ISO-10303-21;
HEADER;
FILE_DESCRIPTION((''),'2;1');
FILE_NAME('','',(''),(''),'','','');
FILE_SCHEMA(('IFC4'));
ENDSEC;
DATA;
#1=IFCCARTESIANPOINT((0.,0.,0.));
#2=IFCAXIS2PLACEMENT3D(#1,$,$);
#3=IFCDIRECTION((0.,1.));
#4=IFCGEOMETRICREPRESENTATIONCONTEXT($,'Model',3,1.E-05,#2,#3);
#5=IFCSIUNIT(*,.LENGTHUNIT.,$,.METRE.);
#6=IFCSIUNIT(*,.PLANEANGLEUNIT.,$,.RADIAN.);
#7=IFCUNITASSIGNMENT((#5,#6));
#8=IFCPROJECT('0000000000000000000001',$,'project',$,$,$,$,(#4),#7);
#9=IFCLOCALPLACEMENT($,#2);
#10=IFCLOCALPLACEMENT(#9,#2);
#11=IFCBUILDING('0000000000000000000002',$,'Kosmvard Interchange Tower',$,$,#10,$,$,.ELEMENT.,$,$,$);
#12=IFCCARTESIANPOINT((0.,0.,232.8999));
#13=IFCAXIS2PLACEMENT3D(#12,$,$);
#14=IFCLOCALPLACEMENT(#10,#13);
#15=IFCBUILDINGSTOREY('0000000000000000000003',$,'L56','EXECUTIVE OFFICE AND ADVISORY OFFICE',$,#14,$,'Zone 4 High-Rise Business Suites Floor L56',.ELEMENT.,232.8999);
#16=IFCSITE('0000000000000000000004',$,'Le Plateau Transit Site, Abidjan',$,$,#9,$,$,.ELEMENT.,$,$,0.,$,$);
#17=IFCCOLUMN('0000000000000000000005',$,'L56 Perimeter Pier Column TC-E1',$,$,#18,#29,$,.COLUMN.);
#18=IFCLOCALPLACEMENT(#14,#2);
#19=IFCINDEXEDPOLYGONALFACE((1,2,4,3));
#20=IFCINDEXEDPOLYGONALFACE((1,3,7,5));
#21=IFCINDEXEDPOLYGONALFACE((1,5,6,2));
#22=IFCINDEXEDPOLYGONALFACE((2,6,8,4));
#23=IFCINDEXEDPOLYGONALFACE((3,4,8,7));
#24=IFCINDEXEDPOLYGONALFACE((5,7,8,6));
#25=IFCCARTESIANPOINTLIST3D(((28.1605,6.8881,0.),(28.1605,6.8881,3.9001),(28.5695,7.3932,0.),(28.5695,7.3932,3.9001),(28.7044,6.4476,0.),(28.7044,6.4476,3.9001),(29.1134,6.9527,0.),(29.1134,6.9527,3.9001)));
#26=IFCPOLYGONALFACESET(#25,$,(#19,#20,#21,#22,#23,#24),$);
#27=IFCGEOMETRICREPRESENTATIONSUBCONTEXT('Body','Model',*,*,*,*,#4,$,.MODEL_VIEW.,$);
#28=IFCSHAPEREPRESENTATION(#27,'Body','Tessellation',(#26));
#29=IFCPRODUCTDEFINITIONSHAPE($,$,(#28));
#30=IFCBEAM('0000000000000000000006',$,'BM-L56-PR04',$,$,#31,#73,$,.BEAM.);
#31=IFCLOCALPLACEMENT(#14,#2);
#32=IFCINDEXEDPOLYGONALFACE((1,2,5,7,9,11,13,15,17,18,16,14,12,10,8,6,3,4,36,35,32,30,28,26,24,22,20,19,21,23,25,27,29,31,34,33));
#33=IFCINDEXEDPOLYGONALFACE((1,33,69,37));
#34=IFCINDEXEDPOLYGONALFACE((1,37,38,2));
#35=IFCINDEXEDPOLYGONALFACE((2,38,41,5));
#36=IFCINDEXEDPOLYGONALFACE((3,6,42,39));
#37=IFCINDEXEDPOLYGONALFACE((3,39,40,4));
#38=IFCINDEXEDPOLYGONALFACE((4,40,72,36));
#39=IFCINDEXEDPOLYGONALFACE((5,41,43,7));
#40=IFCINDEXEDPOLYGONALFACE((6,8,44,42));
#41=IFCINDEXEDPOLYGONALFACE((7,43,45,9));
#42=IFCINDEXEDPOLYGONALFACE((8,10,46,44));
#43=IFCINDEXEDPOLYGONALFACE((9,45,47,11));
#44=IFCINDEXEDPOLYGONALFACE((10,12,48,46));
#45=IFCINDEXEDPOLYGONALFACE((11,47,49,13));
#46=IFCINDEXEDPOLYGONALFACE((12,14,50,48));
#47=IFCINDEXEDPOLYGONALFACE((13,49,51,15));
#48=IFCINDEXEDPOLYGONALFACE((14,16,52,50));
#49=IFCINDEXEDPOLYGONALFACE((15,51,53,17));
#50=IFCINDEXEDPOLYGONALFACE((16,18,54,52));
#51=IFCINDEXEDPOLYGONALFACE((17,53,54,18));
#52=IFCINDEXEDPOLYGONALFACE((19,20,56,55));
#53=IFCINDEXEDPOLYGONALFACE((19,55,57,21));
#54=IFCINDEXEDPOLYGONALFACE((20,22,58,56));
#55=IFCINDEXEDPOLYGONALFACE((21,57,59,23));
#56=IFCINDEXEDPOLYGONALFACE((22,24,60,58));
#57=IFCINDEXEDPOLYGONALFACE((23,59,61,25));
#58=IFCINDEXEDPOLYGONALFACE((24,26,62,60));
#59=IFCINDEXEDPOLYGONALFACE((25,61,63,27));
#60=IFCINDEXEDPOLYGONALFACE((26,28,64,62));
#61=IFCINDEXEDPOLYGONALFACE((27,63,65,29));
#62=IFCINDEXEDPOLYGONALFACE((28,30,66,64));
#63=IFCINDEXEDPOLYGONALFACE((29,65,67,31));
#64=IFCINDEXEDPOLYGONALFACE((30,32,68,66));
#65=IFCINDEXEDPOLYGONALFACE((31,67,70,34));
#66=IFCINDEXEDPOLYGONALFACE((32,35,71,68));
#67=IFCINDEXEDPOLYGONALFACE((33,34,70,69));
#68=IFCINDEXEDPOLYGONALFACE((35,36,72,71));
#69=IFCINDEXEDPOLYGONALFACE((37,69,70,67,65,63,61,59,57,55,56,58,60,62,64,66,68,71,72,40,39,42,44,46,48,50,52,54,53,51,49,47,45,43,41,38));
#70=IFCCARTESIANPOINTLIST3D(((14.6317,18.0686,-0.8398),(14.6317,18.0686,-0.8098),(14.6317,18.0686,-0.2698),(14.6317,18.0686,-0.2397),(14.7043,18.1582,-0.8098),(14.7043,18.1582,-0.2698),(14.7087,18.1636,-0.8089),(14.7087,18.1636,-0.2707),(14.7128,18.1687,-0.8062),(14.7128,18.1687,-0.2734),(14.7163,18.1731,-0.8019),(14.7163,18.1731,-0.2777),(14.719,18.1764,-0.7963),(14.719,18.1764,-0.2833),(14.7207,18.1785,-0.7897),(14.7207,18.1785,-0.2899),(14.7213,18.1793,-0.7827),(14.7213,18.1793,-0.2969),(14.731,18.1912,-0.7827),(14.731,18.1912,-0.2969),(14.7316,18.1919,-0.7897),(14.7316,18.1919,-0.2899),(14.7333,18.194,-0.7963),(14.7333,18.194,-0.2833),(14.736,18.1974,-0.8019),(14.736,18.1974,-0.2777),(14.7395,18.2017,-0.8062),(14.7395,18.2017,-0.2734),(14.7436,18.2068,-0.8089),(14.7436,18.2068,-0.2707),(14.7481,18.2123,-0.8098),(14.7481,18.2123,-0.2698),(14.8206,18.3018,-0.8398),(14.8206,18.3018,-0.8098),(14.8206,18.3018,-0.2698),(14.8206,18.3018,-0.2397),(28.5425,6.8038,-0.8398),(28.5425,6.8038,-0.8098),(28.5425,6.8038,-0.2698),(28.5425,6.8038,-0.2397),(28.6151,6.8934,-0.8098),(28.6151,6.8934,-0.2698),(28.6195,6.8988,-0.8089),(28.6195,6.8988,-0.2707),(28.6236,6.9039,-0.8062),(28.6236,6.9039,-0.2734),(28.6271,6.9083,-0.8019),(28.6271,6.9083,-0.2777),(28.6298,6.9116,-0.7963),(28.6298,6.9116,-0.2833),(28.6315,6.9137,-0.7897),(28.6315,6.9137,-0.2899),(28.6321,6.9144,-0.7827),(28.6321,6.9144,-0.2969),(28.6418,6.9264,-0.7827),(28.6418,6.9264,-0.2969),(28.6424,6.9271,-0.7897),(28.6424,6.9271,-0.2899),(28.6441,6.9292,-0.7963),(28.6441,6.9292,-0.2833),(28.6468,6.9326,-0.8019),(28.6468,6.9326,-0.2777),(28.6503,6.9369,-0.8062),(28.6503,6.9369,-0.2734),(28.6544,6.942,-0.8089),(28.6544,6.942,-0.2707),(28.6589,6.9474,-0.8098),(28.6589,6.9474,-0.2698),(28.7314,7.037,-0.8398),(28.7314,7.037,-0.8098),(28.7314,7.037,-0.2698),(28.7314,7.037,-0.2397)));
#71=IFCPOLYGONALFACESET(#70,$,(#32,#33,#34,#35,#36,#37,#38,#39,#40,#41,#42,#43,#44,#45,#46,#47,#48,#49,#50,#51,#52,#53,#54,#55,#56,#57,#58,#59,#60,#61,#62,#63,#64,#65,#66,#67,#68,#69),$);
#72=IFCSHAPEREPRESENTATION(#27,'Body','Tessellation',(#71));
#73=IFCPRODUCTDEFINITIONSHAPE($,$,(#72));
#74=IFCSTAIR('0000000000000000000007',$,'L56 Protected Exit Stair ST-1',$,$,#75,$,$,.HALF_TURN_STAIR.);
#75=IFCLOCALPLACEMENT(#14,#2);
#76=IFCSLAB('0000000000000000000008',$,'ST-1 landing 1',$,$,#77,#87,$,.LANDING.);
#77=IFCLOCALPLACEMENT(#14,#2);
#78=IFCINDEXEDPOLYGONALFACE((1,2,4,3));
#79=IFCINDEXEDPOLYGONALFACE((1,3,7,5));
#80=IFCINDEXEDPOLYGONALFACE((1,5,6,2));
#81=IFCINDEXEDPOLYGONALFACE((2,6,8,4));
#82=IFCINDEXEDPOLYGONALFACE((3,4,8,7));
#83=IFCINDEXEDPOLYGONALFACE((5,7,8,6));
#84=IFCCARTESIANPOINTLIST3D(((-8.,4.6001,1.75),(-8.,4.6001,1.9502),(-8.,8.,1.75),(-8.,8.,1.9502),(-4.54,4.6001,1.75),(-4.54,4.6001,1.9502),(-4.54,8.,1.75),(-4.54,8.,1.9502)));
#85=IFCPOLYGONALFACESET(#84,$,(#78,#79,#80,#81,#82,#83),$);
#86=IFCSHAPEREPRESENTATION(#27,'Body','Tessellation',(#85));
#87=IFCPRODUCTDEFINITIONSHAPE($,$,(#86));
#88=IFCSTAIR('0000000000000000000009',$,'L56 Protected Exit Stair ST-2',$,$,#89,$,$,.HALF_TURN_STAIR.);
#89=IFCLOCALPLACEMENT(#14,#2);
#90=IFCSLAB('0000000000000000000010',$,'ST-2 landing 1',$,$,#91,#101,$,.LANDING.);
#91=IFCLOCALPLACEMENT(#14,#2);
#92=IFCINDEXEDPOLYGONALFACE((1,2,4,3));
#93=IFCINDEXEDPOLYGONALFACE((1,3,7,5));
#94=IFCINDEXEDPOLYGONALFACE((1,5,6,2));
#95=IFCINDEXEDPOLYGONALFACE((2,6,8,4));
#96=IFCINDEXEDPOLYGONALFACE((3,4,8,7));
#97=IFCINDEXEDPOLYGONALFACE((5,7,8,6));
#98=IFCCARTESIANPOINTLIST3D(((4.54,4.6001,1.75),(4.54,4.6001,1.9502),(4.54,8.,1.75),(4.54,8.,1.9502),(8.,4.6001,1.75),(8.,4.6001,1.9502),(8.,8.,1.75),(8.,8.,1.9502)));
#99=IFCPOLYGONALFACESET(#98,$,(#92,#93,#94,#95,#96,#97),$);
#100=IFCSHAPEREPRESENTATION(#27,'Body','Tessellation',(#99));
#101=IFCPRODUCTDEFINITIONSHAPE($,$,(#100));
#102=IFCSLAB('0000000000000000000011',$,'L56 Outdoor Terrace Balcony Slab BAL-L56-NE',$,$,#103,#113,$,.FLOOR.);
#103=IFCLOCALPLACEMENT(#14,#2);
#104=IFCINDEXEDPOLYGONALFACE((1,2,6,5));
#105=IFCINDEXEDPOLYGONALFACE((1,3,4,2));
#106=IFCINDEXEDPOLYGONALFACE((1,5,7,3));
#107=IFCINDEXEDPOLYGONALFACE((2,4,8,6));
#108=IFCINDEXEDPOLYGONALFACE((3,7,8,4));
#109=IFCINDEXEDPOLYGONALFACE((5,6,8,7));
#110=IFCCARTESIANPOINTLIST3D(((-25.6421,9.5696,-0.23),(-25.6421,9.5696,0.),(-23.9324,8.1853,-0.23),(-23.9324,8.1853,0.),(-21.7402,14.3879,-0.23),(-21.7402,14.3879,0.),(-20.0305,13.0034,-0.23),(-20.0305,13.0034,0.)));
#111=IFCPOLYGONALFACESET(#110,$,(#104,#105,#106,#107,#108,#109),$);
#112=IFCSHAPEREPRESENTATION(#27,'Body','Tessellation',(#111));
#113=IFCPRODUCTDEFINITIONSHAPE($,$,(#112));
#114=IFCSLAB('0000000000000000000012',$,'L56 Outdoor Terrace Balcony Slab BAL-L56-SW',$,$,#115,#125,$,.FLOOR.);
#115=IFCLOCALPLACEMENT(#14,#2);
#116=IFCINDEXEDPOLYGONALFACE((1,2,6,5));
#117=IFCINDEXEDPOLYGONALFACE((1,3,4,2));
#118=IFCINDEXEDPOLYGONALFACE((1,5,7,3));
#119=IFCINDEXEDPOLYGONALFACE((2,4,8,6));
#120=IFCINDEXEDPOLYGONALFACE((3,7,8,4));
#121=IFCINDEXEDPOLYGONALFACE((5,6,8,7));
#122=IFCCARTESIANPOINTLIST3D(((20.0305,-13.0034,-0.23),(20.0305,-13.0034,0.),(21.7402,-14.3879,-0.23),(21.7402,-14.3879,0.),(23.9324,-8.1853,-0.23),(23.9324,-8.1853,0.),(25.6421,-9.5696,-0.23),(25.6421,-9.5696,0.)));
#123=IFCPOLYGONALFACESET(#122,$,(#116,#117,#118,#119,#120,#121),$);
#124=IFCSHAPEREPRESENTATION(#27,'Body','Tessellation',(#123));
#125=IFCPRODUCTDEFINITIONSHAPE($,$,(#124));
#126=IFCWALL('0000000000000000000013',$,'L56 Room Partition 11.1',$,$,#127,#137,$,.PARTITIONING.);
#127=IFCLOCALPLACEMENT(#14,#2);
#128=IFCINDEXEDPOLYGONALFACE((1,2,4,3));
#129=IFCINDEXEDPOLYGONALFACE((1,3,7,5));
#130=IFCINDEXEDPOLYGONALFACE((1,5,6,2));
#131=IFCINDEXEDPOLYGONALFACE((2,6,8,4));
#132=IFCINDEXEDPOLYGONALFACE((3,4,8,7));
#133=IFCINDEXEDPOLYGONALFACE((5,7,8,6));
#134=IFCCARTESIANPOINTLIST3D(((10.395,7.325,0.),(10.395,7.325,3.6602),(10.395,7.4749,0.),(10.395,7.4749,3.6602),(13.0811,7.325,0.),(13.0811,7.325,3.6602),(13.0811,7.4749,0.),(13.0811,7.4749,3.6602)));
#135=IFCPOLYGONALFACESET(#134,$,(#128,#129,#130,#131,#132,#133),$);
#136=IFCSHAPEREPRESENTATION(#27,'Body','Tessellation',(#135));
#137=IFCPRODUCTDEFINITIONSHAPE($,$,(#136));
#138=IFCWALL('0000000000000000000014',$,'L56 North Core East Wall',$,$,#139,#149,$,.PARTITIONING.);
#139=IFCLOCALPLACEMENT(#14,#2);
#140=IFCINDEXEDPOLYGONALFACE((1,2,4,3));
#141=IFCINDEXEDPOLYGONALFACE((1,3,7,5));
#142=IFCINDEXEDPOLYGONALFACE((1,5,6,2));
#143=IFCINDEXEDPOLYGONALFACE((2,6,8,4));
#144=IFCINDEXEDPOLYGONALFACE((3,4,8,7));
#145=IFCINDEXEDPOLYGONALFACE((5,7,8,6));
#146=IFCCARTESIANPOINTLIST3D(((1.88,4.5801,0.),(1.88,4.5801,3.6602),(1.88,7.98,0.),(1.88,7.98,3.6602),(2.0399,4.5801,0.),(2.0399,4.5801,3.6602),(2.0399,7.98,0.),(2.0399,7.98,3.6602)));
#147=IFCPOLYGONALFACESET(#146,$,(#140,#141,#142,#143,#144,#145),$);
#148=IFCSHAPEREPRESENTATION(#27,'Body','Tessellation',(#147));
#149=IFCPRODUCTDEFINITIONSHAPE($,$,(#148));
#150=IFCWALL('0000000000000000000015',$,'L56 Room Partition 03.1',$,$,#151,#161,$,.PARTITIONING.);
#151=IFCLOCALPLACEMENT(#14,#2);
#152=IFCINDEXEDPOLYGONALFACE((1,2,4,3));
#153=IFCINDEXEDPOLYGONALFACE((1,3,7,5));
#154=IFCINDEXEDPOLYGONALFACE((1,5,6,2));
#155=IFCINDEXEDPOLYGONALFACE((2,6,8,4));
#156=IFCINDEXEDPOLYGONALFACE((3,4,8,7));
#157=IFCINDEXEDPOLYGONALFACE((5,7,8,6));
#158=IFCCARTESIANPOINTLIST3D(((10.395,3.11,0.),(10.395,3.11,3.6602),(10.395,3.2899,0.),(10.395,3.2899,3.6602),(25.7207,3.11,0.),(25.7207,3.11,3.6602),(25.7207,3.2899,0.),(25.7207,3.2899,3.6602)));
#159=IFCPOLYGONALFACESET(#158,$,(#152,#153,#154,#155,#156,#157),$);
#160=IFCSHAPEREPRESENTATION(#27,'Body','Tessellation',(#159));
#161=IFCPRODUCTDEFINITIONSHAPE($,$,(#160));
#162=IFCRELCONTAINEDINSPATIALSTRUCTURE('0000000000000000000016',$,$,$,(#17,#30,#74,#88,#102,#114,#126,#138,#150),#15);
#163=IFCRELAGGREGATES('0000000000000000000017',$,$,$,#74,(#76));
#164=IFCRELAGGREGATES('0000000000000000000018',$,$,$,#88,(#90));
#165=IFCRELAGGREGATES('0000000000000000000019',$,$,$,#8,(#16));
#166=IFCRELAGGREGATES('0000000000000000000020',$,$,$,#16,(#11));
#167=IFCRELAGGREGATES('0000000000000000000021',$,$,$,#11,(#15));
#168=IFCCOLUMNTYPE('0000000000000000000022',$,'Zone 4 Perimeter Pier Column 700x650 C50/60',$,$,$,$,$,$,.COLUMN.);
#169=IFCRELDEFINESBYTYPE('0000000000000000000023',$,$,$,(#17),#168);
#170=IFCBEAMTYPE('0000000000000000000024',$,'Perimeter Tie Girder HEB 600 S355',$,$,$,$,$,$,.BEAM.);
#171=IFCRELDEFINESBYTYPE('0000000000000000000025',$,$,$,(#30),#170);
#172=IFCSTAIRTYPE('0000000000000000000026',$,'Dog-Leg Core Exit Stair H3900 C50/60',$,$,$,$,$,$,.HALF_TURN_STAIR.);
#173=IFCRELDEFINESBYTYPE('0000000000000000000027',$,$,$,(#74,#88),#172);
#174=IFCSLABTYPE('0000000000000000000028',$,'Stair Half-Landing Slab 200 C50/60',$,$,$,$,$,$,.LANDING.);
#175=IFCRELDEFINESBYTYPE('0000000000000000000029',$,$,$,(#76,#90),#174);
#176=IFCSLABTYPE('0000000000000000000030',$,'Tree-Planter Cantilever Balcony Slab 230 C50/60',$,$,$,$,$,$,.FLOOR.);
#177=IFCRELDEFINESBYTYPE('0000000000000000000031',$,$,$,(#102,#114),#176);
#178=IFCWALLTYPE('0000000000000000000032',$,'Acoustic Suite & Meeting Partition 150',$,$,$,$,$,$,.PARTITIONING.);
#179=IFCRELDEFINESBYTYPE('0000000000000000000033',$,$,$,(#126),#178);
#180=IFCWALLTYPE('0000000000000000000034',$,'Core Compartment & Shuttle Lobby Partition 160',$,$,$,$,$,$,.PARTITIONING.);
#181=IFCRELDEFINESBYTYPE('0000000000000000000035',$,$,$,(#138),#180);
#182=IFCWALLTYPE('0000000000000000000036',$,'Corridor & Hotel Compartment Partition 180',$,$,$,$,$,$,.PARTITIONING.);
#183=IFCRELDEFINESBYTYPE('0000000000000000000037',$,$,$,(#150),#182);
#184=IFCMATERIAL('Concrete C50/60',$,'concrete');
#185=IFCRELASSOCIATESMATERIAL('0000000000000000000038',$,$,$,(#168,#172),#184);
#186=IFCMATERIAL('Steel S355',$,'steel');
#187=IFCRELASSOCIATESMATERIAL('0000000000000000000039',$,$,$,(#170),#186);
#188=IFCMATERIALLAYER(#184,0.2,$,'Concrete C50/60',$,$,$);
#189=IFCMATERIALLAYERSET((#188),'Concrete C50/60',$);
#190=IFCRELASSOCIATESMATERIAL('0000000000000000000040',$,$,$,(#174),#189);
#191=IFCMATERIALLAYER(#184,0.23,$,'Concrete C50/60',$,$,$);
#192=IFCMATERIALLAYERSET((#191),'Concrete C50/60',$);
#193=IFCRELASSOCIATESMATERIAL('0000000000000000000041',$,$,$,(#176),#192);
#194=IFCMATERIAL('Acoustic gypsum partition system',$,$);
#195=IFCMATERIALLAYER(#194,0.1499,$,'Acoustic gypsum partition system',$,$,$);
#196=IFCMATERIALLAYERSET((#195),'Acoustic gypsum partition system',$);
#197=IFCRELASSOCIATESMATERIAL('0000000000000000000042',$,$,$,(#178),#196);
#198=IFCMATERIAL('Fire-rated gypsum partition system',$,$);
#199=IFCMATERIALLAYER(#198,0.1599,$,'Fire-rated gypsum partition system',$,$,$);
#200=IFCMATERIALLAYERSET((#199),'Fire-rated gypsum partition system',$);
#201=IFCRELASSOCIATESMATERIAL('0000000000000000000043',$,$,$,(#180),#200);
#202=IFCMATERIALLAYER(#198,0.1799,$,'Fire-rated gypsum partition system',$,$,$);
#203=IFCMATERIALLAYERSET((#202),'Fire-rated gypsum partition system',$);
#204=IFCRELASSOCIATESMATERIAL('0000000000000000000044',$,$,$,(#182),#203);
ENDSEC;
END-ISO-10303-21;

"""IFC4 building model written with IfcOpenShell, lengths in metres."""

from ifc_helpers import new_model, si_unit, direction, frame, frame_2d, origin, origin_2d, place, context, subcontext, project, spatial, polyline, rectangle, i_section, outline, extrude, source, transform, mapped, material, layer, layer_set, material_profile, profile_set, type_object, element, aggregate, save


model = new_model("IFC4")

# Units and contexts
model_context = context("Model", 3, precision=1e-05, world=origin(), true_north=direction((0.0, 1.0)))
body_context = subcontext(model_context, "Body", "Model", "MODEL_VIEW")
ifc_project = project(units=[si_unit("LENGTHUNIT", "METRE"), si_unit("PLANEANGLEUNIT", "RADIAN")], contexts=[model_context])

# Site, building, storey
site_placement = place(None, origin())
site = spatial("IfcSite", under=ifc_project, at=site_placement, Name="Le Plateau Transit Site, Abidjan", CompositionType="ELEMENT", RefElevation=0.0)
building_placement = place(site_placement, origin())
building = spatial("IfcBuilding", under=site, at=building_placement, Name="Kosmvard Interchange Tower", CompositionType="ELEMENT")
storey_placement = place(building_placement, frame((0.0, 0.0, 232.8999)))
storey = spatial("IfcBuildingStorey", under=building, at=storey_placement, Name="L56", Description="EXECUTIVE OFFICE AND ADVISORY OFFICE", LongName="Zone 4 High-Rise Business Suites Floor L56", CompositionType="ELEMENT", Elevation=232.8999)

# Column
ifc_material_1 = material(Name="Concrete C50/60", Category="concrete")
ifc_material_profile_1 = material_profile(ifc_material_1, rectangle(XDim=0.6499, YDim=0.7, at=origin_2d()), Name="TC 700x650")
ifc_profile_set_1 = profile_set([ifc_material_profile_1], Name="Concrete C50/60")
column_type = type_object("IfcColumnType", Name="Zone 4 Perimeter Pier Column 700x650 C50/60", PredefinedType="COLUMN", material=ifc_profile_set_1)
shared_shape_1 = source(origin(), body_context, "Body", "SweptSolid", [
    extrude(rectangle(XDim=0.6499, YDim=0.7, at=origin_2d()), origin(), (0.0, 0.0, 1.0), 3.9001),
])
column_placement = place(storey_placement, frame((28.637, 6.9204, 0.0), z_axis=(0.0, 0.0, 1.0), x_axis=(0.62932, 0.777146, 0.0)))
element("IfcColumn", 1, at=column_placement, inside=storey, type_object=column_type, Name="L56 Perimeter Pier Column TC-E1", PredefinedType="COLUMN", context=body_context, shape_type="MappedRepresentation", body=[
    mapped(shared_shape_1, transform((0.0, 0.0, 0.0), scale=1.0)),
])

# Beam
ifc_material_2 = material(Name="Steel S355", Category="steel")
ifc_material_profile_2 = material_profile(ifc_material_2, i_section(OverallWidth=0.3, OverallDepth=0.6001, WebThickness=0.0154, FlangeThickness=0.03, FilletRadius=0.0271, at=origin_2d()), Name="HEB 600")
ifc_profile_set_2 = profile_set([ifc_material_profile_2], Name="Steel S355")
beam_type = type_object("IfcBeamType", Name="Perimeter Tie Girder HEB 600 S355", PredefinedType="BEAM", material=ifc_profile_set_2)
shared_shape_2 = source(origin(), body_context, "Body", "SweptSolid", [
    extrude(i_section(OverallWidth=0.3, OverallDepth=0.6001, WebThickness=0.0154, FlangeThickness=0.03, FilletRadius=0.0271, at=origin_2d()), origin(), (0.0, 0.0, 1.0), 17.8999),
])
beam_placement = place(storey_placement, frame((28.637, 6.9204, -0.5398), z_axis=(-0.777144, 0.629323, 0.0), x_axis=(-0.629323, -0.777144, 0.0)))
element("IfcBeam", 2, at=beam_placement, inside=storey, type_object=beam_type, Name="BM-L56-PR04", PredefinedType="BEAM", context=body_context, shape_type="MappedRepresentation", body=[
    mapped(shared_shape_2, transform((0.0, 0.0, 0.0), scale=1.0)),
])

# Stairs, slabs
stair_type = type_object("IfcStairType", Name="Dog-Leg Core Exit Stair H3900 C50/60", PredefinedType="HALF_TURN_STAIR", material=ifc_material_1)
stair_1_placement = place(storey_placement, origin())
stair_1 = element("IfcStair", 3, at=stair_1_placement, inside=storey, type_object=stair_type, Name="L56 Protected Exit Stair ST-1", PredefinedType="HALF_TURN_STAIR")
ifc_layer_1 = layer(ifc_material_1, 0.2, Name="Concrete C50/60")
ifc_layer_set_1 = layer_set([ifc_layer_1], Name="Concrete C50/60")
slab_type_1 = type_object("IfcSlabType", Name="Stair Half-Landing Slab 200 C50/60", PredefinedType="LANDING", material=ifc_layer_set_1)
slab_1_placement = place(storey_placement, frame((0.0, 0.0, 1.75)))
slab_1 = element("IfcSlab", 4, at=slab_1_placement, type_object=slab_type_1, Name="ST-1 landing 1", PredefinedType="LANDING", context=body_context, shape_type="SweptSolid", body=[
    extrude(outline(polyline([(-4.54, 4.6001), (-4.54, 8.0), (-8.0, 8.0), (-8.0, 4.6001), (-4.54, 4.6001)])), origin(), (0.0, 0.0, 1.0), 0.2002),
])
aggregate(stair_1, [slab_1])
stair_2_placement = place(storey_placement, origin())
stair_2 = element("IfcStair", 5, at=stair_2_placement, inside=storey, type_object=stair_type, Name="L56 Protected Exit Stair ST-2", PredefinedType="HALF_TURN_STAIR")
slab_2_placement = place(storey_placement, frame((0.0, 0.0, 1.75)))
slab_2 = element("IfcSlab", 6, at=slab_2_placement, type_object=slab_type_1, Name="ST-2 landing 1", PredefinedType="LANDING", context=body_context, shape_type="SweptSolid", body=[
    extrude(outline(polyline([(8.0, 4.6001), (8.0, 8.0), (4.54, 8.0), (4.54, 4.6001), (8.0, 4.6001)])), origin(), (0.0, 0.0, 1.0), 0.2002),
])

# Slabs
ifc_layer_2 = layer(ifc_material_1, 0.23, Name="Concrete C50/60")
ifc_layer_set_2 = layer_set([ifc_layer_2], Name="Concrete C50/60")
slab_type_2 = type_object("IfcSlabType", Name="Tree-Planter Cantilever Balcony Slab 230 C50/60", PredefinedType="FLOOR", material=ifc_layer_set_2)
slab_3_placement = place(storey_placement, frame((0.0, 0.0, -0.23)))
element("IfcSlab", 7, at=slab_3_placement, inside=storey, type_object=slab_type_2, Name="L56 Outdoor Terrace Balcony Slab BAL-L56-NE", PredefinedType="FLOOR", context=body_context, shape_type="SweptSolid", body=[
    extrude(outline(polyline([(-23.9324, 8.1853), (-20.0305, 13.0034), (-21.7402, 14.3879), (-25.6421, 9.5696), (-23.9324, 8.1853)])), origin(), (0.0, 0.0, 1.0), 0.23),
])
slab_4_placement = place(storey_placement, frame((0.0, 0.0, -0.23)))
element("IfcSlab", 8, at=slab_4_placement, inside=storey, type_object=slab_type_2, Name="L56 Outdoor Terrace Balcony Slab BAL-L56-SW", PredefinedType="FLOOR", context=body_context, shape_type="SweptSolid", body=[
    extrude(outline(polyline([(21.7402, -14.3879), (25.6421, -9.5696), (23.9324, -8.1853), (20.0305, -13.0034), (21.7402, -14.3879)])), origin(), (0.0, 0.0, 1.0), 0.23),
])

# Walls
ifc_material_3 = material(Name="Acoustic gypsum partition system")
ifc_layer_3 = layer(ifc_material_3, 0.1499, Name="Acoustic gypsum partition system")
ifc_layer_set_3 = layer_set([ifc_layer_3], Name="Acoustic gypsum partition system")
wall_type_1 = type_object("IfcWallType", Name="Acoustic Suite & Meeting Partition 150", PredefinedType="PARTITIONING", material=ifc_layer_set_3)
wall_1_placement = place(storey_placement, frame((10.395, 7.3999, 0.0), z_axis=(0.0, 0.0, 1.0), x_axis=(1.0, 0.0, 0.0)))
element("IfcWall", 9, at=wall_1_placement, inside=storey, type_object=wall_type_1, Name="L56 Room Partition 11.1", PredefinedType="PARTITIONING", context=body_context, shape_type="SweptSolid", body=[
    extrude(rectangle(XDim=2.686, YDim=0.1499, at=frame_2d((1.343, 0.0))), origin(), (0.0, 0.0, 1.0), 3.6602),
])
ifc_material_4 = material(Name="Fire-rated gypsum partition system")
ifc_layer_4 = layer(ifc_material_4, 0.1599, Name="Fire-rated gypsum partition system")
ifc_layer_set_4 = layer_set([ifc_layer_4], Name="Fire-rated gypsum partition system")
wall_type_2 = type_object("IfcWallType", Name="Core Compartment & Shuttle Lobby Partition 160", PredefinedType="PARTITIONING", material=ifc_layer_set_4)
wall_2_placement = place(storey_placement, frame((1.96, 4.5801, 0.0), z_axis=(0.0, 0.0, 1.0), x_axis=(0.0, 1.0, 0.0)))
element("IfcWall", 10, at=wall_2_placement, inside=storey, type_object=wall_type_2, Name="L56 North Core East Wall", PredefinedType="PARTITIONING", context=body_context, shape_type="SweptSolid", body=[
    extrude(rectangle(XDim=3.3999, YDim=0.1599, at=frame_2d((1.7, 0.0))), origin(), (0.0, 0.0, 1.0), 3.6602),
])
ifc_layer_5 = layer(ifc_material_4, 0.1799, Name="Fire-rated gypsum partition system")
ifc_layer_set_5 = layer_set([ifc_layer_5], Name="Fire-rated gypsum partition system")
wall_type_3 = type_object("IfcWallType", Name="Corridor & Hotel Compartment Partition 180", PredefinedType="PARTITIONING", material=ifc_layer_set_5)
wall_3_placement = place(storey_placement, frame((10.395, 3.2, 0.0), z_axis=(0.0, 0.0, 1.0), x_axis=(1.0, 0.0, 0.0)))
element("IfcWall", 11, at=wall_3_placement, inside=storey, type_object=wall_type_3, Name="L56 Room Partition 03.1", PredefinedType="PARTITIONING", context=body_context, shape_type="SweptSolid", body=[
    extrude(rectangle(XDim=15.3257, YDim=0.1799, at=frame_2d((7.6628, 0.0))), origin(), (0.0, 0.0, 1.0), 3.6602),
])

aggregate(stair_2, [slab_2])

save(model, "model.ifc")
